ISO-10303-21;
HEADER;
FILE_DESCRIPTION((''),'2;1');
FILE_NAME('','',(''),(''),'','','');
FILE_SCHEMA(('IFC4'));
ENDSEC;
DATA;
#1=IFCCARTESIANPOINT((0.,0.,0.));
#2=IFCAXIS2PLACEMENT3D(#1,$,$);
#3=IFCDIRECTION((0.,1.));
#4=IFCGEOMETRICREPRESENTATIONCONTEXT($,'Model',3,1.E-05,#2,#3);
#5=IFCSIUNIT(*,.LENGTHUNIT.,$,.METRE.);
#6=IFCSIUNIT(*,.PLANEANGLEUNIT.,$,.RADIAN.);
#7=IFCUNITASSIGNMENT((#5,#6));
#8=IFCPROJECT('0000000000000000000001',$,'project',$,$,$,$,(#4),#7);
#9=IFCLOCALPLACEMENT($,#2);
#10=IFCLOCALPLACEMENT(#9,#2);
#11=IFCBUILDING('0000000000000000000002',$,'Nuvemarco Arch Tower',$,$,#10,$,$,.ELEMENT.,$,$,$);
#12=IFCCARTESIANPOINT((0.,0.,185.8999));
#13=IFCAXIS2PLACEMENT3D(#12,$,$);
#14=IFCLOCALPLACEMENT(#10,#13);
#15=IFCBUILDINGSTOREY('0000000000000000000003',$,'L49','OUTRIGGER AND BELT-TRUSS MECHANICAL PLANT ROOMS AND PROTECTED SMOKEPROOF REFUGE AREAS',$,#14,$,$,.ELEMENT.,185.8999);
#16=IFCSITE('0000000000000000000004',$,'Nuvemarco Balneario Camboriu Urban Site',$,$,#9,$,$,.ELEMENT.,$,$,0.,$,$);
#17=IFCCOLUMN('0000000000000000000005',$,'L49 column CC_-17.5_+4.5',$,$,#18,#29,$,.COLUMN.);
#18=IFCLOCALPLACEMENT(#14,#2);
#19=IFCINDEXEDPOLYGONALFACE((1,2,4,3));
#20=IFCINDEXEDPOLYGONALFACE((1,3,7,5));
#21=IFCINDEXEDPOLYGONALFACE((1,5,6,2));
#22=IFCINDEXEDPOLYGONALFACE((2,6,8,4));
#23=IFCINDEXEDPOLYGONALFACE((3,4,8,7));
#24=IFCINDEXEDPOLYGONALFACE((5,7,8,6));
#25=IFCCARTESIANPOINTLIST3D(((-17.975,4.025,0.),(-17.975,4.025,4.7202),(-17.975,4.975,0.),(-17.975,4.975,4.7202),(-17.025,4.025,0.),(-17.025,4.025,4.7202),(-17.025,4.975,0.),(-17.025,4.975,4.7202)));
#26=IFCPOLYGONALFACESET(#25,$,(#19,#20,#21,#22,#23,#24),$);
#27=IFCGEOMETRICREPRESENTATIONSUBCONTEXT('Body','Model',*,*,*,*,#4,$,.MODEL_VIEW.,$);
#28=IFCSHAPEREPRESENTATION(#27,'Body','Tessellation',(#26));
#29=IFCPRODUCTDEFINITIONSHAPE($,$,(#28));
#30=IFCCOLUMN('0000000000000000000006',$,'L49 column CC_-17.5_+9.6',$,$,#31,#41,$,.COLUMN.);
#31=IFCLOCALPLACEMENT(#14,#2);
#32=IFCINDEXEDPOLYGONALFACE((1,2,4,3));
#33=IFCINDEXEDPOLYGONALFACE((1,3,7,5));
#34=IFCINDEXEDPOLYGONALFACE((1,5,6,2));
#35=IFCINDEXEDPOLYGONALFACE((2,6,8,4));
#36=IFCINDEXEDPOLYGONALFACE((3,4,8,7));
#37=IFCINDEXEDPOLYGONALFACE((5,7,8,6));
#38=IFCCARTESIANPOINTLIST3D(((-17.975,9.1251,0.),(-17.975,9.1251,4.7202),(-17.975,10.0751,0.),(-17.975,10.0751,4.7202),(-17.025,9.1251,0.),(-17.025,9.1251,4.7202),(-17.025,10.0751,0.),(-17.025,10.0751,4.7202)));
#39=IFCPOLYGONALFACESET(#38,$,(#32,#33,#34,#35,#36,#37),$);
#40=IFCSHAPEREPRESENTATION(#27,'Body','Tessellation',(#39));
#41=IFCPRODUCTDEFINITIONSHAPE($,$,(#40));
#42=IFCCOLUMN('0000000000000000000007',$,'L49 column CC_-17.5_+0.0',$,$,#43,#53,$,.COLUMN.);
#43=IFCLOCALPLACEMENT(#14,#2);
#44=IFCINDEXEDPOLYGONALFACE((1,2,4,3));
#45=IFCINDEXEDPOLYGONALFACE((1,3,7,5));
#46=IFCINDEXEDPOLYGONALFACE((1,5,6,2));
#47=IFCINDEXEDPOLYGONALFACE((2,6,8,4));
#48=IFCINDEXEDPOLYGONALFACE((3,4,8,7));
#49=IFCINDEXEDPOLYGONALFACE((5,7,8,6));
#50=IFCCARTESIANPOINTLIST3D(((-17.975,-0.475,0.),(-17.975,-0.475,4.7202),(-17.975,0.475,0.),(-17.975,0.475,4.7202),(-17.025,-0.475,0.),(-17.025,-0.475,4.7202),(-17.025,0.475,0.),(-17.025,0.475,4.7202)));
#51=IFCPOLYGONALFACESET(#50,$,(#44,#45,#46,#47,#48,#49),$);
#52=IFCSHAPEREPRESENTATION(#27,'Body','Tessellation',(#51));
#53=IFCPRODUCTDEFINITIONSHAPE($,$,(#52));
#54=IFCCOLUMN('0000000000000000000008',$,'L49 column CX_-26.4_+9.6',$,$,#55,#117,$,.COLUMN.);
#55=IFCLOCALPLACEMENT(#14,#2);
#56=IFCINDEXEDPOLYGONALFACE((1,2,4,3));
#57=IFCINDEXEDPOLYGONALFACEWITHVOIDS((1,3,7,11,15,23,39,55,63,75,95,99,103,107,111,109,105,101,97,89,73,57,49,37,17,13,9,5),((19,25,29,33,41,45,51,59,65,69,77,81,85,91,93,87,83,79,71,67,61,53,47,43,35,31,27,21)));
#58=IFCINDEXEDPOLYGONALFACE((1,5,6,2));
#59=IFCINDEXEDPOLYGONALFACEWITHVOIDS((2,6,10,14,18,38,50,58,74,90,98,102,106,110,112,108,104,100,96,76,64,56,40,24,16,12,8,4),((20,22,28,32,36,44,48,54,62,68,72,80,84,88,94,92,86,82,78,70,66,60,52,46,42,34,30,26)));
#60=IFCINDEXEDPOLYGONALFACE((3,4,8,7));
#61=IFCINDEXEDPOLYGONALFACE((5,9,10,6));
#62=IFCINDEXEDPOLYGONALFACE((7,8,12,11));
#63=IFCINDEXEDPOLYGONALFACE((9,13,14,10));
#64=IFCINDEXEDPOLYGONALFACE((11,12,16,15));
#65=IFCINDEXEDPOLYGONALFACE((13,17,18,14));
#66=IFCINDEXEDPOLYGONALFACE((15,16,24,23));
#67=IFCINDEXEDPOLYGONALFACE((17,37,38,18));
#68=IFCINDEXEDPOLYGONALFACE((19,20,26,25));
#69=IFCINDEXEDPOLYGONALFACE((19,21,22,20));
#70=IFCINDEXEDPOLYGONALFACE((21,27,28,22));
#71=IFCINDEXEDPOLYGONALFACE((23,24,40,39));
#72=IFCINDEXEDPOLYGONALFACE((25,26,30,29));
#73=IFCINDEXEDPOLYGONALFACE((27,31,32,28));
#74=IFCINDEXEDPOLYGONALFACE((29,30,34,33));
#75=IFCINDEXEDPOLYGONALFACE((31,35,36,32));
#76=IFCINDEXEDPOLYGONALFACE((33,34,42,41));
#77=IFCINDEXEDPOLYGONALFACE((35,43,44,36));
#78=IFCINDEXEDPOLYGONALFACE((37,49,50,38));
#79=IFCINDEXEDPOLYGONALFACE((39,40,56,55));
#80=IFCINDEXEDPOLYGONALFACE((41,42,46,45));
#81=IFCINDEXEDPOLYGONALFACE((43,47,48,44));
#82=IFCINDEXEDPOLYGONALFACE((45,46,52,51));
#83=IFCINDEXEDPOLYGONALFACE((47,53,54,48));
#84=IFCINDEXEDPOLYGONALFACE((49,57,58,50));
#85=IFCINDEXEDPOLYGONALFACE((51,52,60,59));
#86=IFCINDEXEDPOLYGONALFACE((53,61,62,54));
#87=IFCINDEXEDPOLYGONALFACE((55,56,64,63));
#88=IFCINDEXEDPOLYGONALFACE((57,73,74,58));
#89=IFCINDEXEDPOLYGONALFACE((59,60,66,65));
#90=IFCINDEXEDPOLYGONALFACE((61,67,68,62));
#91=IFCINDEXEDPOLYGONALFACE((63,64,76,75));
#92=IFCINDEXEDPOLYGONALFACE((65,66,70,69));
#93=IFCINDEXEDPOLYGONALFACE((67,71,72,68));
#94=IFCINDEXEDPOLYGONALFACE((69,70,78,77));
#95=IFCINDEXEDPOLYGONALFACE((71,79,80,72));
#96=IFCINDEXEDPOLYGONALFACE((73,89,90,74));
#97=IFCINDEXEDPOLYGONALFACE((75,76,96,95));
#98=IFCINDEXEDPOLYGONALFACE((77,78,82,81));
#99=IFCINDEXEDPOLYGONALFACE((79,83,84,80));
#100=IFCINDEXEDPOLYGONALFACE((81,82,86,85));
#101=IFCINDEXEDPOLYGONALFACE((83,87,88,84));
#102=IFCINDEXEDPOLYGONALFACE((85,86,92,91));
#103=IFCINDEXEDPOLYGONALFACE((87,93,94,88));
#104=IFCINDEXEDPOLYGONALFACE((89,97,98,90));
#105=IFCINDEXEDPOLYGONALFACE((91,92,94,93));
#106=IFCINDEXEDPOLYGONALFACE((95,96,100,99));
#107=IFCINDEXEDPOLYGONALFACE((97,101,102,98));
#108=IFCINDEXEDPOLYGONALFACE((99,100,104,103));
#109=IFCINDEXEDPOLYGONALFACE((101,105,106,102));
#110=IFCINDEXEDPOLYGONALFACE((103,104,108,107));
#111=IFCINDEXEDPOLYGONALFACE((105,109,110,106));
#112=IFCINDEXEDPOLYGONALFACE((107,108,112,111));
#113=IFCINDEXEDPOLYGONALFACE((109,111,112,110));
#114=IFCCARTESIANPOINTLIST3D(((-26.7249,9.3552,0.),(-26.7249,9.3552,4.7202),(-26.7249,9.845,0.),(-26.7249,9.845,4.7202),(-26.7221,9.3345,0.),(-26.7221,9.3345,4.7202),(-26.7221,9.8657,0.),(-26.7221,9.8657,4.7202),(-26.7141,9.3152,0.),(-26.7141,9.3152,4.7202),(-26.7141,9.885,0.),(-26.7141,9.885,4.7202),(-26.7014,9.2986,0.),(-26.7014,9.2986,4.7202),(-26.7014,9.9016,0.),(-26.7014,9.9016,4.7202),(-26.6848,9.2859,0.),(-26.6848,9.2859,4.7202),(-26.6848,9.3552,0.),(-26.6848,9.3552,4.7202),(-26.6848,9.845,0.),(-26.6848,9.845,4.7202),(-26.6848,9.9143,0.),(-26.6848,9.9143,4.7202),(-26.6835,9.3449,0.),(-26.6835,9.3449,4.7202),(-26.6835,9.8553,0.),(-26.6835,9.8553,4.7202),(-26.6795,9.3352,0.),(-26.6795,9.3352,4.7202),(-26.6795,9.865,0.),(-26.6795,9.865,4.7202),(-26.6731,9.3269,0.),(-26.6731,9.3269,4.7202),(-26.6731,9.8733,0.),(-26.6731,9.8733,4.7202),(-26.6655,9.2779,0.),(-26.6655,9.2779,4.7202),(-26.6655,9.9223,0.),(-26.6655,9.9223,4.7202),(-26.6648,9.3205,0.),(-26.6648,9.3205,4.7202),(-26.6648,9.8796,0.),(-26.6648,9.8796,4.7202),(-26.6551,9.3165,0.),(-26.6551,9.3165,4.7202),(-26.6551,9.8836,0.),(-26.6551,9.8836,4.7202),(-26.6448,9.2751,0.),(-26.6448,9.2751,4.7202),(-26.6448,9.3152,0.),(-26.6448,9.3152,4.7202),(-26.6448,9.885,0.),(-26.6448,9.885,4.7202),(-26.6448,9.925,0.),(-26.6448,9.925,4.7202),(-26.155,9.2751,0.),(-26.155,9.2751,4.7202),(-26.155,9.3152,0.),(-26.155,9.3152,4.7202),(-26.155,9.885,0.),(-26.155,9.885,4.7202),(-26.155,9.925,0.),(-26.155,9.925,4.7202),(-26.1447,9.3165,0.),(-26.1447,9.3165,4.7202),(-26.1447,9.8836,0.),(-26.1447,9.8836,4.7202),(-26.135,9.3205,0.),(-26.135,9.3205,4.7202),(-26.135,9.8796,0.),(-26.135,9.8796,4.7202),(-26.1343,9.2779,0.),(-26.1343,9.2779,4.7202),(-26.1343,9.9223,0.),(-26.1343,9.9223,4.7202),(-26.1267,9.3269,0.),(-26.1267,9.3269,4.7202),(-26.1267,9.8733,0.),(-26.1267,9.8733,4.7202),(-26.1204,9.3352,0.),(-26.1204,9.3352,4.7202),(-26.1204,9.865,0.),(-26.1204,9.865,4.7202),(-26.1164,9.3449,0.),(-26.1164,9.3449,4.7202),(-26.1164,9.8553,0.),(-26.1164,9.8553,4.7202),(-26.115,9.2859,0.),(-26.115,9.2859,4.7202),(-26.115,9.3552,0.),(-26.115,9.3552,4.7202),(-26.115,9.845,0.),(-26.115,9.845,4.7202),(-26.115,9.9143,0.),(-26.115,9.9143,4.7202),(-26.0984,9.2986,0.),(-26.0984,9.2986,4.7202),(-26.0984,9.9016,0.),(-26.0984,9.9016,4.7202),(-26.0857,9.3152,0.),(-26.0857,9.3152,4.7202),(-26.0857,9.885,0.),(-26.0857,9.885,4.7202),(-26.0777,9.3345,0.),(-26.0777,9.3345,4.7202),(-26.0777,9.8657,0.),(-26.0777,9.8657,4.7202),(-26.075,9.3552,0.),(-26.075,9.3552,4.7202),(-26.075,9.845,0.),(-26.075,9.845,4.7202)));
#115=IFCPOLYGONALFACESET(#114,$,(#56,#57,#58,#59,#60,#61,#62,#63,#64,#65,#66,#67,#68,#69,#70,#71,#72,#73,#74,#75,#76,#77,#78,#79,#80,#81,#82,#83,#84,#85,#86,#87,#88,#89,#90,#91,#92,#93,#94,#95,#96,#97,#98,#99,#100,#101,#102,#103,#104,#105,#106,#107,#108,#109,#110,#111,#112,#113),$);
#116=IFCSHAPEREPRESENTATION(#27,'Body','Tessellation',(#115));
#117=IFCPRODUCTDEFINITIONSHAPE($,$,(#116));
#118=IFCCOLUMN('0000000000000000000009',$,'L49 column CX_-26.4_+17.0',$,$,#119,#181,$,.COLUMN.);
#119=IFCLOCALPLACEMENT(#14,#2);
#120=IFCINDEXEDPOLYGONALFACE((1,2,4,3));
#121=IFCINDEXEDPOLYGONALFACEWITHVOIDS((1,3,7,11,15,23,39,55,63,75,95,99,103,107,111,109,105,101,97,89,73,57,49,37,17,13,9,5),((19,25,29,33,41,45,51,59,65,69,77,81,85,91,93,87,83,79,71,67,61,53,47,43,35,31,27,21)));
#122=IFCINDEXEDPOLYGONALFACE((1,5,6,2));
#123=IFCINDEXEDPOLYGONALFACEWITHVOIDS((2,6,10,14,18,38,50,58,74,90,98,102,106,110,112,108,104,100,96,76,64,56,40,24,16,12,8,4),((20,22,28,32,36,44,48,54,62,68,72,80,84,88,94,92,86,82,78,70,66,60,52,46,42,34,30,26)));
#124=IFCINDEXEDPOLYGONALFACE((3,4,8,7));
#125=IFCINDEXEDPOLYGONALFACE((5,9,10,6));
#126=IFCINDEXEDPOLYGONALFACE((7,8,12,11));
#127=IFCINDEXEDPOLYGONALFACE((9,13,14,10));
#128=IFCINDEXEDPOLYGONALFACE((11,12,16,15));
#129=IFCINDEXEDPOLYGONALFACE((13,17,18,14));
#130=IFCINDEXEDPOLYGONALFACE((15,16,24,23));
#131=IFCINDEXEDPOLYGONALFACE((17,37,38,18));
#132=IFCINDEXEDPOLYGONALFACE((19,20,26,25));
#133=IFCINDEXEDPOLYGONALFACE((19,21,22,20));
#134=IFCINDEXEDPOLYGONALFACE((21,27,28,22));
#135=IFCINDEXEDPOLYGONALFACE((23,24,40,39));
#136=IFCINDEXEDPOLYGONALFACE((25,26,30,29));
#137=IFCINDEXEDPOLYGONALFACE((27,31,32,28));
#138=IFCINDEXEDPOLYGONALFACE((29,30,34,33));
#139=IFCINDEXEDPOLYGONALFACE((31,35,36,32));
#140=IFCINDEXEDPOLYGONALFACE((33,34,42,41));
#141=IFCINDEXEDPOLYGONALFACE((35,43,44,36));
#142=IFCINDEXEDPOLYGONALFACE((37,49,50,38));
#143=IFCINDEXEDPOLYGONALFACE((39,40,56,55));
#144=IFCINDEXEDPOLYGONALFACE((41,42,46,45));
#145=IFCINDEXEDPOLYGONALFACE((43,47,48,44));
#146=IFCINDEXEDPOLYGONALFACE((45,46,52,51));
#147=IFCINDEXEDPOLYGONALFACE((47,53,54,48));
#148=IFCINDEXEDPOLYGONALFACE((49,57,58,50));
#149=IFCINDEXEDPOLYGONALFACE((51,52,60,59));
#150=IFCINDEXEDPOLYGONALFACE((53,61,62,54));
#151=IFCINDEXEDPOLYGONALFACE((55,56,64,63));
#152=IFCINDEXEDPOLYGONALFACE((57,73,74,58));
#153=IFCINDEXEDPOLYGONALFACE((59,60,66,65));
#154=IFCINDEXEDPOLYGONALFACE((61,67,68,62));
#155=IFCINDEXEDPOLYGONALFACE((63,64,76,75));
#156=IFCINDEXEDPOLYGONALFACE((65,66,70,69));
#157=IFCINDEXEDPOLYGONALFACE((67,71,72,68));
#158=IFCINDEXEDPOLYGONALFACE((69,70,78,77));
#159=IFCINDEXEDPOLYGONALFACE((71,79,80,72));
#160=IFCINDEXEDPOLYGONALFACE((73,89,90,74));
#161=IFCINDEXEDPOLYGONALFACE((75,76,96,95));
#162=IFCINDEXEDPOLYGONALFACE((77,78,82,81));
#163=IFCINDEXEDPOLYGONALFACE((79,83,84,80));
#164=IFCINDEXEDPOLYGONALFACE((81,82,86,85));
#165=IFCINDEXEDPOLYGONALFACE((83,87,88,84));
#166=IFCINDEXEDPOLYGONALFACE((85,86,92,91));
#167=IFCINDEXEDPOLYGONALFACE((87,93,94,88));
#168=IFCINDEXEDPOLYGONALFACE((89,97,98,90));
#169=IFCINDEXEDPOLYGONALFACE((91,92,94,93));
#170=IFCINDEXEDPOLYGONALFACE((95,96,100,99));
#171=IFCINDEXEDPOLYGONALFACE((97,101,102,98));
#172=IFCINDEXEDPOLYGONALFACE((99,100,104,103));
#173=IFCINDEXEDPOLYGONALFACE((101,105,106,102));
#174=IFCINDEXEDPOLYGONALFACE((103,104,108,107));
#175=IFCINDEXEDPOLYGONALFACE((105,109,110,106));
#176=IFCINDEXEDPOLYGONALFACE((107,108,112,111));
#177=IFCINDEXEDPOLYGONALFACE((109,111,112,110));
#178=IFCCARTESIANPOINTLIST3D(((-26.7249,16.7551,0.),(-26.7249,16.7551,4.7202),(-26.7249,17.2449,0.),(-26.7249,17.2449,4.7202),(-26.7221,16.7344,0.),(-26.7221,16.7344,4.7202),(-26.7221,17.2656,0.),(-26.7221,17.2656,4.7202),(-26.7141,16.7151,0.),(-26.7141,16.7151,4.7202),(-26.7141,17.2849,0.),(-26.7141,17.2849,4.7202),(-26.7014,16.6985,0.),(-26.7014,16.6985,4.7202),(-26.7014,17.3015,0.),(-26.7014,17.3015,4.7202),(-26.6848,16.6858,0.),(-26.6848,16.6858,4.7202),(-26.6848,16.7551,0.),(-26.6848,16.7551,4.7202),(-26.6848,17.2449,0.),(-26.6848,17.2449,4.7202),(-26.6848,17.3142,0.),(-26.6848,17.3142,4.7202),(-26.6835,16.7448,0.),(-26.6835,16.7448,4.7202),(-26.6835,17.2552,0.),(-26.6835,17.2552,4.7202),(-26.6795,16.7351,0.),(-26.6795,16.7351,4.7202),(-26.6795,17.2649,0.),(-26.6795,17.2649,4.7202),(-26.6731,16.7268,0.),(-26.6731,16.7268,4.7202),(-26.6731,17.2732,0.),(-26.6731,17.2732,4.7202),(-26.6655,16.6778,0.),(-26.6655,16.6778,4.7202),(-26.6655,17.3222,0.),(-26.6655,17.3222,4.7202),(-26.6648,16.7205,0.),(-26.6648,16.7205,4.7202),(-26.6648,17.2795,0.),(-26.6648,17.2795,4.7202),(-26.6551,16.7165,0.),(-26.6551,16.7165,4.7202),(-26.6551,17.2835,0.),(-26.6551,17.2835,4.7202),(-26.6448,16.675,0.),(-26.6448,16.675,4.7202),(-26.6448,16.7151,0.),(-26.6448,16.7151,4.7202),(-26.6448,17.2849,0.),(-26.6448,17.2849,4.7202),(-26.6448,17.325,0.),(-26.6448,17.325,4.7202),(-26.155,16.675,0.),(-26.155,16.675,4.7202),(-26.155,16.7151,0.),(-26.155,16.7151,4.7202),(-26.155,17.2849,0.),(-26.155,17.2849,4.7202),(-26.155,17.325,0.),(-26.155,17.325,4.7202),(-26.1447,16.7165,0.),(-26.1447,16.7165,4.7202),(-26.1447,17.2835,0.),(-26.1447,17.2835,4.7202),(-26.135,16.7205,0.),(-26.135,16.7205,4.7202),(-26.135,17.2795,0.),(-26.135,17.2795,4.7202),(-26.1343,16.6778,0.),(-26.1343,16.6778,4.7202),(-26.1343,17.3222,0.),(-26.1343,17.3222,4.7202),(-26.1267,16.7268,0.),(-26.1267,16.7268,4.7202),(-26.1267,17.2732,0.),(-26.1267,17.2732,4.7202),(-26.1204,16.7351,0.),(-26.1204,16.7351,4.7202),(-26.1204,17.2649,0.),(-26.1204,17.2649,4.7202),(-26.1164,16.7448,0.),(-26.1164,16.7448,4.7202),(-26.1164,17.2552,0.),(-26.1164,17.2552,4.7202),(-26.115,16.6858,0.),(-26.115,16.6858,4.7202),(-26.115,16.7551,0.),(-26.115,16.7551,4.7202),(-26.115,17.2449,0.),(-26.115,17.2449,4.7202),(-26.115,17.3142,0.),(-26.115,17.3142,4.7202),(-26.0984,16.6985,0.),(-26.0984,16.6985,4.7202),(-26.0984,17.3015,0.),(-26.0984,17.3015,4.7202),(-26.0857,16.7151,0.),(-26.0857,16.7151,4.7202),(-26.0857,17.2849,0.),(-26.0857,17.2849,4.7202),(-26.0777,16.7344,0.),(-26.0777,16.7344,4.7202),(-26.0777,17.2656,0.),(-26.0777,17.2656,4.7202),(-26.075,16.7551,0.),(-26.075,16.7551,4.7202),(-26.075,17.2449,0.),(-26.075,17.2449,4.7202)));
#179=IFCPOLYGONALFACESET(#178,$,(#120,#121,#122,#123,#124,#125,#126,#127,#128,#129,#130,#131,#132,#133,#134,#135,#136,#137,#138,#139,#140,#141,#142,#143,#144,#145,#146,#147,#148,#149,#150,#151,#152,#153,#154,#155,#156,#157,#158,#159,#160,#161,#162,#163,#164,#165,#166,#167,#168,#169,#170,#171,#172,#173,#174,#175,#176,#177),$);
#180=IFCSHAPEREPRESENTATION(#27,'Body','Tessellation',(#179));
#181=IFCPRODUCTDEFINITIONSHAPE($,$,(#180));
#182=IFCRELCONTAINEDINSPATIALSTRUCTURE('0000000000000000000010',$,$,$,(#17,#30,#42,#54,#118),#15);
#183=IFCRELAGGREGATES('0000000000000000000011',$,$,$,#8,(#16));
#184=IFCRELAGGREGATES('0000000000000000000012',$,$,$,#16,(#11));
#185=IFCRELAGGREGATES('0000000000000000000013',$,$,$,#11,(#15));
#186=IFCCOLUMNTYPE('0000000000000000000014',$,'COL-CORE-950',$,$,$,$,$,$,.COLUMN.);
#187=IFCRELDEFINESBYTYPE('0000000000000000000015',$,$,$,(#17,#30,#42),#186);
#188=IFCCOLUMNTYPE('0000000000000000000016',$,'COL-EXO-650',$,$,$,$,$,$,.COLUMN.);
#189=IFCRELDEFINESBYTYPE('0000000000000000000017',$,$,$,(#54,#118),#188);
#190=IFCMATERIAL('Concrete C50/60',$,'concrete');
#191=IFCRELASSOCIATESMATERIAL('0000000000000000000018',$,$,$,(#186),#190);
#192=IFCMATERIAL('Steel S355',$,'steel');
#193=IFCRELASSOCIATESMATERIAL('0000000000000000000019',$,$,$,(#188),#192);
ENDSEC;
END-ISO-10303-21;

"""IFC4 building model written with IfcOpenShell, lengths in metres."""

from ifc_helpers import new_model, si_unit, direction, frame, origin, origin_2d, place, context, subcontext, project, spatial, rectangle, hollow_rectangle, extrude, material, material_profile, profile_set, type_object, element, save


model = new_model("IFC4")

# Units and contexts
model_context = context("Model", 3, precision=1e-05, world=origin(), true_north=direction((0.0, 1.0)))
body_context = subcontext(model_context, "Body", "Model", "MODEL_VIEW")
ifc_project = project(units=[si_unit("LENGTHUNIT", "METRE"), si_unit("PLANEANGLEUNIT", "RADIAN")], contexts=[model_context])

# Site, building, storey
site_placement = place(None, origin())
site = spatial("IfcSite", under=ifc_project, at=site_placement, Name="Nuvemarco Balneario Camboriu Urban Site", CompositionType="ELEMENT", RefElevation=0.0)
building_placement = place(site_placement, origin())
building = spatial("IfcBuilding", under=site, at=building_placement, Name="Nuvemarco Arch Tower", CompositionType="ELEMENT")
storey_placement = place(building_placement, frame((0.0, 0.0, 185.8999)))
storey = spatial("IfcBuildingStorey", under=building, at=storey_placement, Name="L49", Description="OUTRIGGER AND BELT-TRUSS MECHANICAL PLANT ROOMS AND PROTECTED SMOKEPROOF REFUGE AREAS", CompositionType="ELEMENT", Elevation=185.8999)

# Columns
ifc_material_1 = material(Name="Concrete C50/60", Category="concrete")
ifc_material_profile_1 = material_profile(ifc_material_1, rectangle(XDim=0.95, YDim=0.95, at=origin_2d()), Name="RC-COL-950x950")
ifc_profile_set_1 = profile_set([ifc_material_profile_1], Name="Concrete C50/60")
column_type_1 = type_object("IfcColumnType", Name="COL-CORE-950", PredefinedType="COLUMN", material=ifc_profile_set_1)
for number, where, z_axis, x_axis, name in (
    (1, (-17.5, 4.5, 0.0), (0.0, 0.0, 1.0), (1.0, 0.0, 0.0), "L49 column CC_-17.5_+4.5"),
    (2, (-17.5, 9.6001, 0.0), (0.0, 0.0, 1.0), (1.0, 0.0, 0.0), "L49 column CC_-17.5_+9.6"),
    (3, (-17.5, 0.0, 0.0), (0.0, 0.0, 1.0), (1.0, 0.0, 0.0), "L49 column CC_-17.5_+0.0"),
):
    element("IfcColumn", number, at=place(storey_placement, frame(where, z_axis=z_axis, x_axis=x_axis)), inside=storey, type_object=column_type_1, Name=name, PredefinedType="COLUMN", context=body_context, shape_type="SweptSolid", body=[
        extrude(rectangle(XDim=0.95, YDim=0.95, at=origin_2d()), origin(), (0.0, 0.0, 1.0), 4.7202),
    ])
ifc_material_2 = material(Name="Steel S355", Category="steel")
ifc_material_profile_2 = material_profile(ifc_material_2, hollow_rectangle(XDim=0.6499, YDim=0.6499, WallThickness=0.04, InnerFilletRadius=0.04, OuterFilletRadius=0.0801, at=origin_2d()), Name="SHS650x650x40")
ifc_profile_set_2 = profile_set([ifc_material_profile_2], Name="Steel S355")
column_type_2 = type_object("IfcColumnType", Name="COL-EXO-650", PredefinedType="COLUMN", material=ifc_profile_set_2)
for number, where, z_axis, x_axis, name in (
    (4, (-26.3999, 9.6001, 0.0), (0.0, 0.0, 1.0), (1.0, 0.0, 0.0), "L49 column CX_-26.4_+9.6"),
    (5, (-26.3999, 17.0, 0.0), (0.0, 0.0, 1.0), (1.0, 0.0, 0.0), "L49 column CX_-26.4_+17.0"),
):
    element("IfcColumn", number, at=place(storey_placement, frame(where, z_axis=z_axis, x_axis=x_axis)), inside=storey, type_object=column_type_2, Name=name, PredefinedType="COLUMN", context=body_context, shape_type="SweptSolid", body=[
        extrude(hollow_rectangle(XDim=0.6499, YDim=0.6499, WallThickness=0.04, InnerFilletRadius=0.04, OuterFilletRadius=0.0801, at=origin_2d()), origin(), (0.0, 0.0, 1.0), 4.7202),
    ])

save(model, "model.ifc")
